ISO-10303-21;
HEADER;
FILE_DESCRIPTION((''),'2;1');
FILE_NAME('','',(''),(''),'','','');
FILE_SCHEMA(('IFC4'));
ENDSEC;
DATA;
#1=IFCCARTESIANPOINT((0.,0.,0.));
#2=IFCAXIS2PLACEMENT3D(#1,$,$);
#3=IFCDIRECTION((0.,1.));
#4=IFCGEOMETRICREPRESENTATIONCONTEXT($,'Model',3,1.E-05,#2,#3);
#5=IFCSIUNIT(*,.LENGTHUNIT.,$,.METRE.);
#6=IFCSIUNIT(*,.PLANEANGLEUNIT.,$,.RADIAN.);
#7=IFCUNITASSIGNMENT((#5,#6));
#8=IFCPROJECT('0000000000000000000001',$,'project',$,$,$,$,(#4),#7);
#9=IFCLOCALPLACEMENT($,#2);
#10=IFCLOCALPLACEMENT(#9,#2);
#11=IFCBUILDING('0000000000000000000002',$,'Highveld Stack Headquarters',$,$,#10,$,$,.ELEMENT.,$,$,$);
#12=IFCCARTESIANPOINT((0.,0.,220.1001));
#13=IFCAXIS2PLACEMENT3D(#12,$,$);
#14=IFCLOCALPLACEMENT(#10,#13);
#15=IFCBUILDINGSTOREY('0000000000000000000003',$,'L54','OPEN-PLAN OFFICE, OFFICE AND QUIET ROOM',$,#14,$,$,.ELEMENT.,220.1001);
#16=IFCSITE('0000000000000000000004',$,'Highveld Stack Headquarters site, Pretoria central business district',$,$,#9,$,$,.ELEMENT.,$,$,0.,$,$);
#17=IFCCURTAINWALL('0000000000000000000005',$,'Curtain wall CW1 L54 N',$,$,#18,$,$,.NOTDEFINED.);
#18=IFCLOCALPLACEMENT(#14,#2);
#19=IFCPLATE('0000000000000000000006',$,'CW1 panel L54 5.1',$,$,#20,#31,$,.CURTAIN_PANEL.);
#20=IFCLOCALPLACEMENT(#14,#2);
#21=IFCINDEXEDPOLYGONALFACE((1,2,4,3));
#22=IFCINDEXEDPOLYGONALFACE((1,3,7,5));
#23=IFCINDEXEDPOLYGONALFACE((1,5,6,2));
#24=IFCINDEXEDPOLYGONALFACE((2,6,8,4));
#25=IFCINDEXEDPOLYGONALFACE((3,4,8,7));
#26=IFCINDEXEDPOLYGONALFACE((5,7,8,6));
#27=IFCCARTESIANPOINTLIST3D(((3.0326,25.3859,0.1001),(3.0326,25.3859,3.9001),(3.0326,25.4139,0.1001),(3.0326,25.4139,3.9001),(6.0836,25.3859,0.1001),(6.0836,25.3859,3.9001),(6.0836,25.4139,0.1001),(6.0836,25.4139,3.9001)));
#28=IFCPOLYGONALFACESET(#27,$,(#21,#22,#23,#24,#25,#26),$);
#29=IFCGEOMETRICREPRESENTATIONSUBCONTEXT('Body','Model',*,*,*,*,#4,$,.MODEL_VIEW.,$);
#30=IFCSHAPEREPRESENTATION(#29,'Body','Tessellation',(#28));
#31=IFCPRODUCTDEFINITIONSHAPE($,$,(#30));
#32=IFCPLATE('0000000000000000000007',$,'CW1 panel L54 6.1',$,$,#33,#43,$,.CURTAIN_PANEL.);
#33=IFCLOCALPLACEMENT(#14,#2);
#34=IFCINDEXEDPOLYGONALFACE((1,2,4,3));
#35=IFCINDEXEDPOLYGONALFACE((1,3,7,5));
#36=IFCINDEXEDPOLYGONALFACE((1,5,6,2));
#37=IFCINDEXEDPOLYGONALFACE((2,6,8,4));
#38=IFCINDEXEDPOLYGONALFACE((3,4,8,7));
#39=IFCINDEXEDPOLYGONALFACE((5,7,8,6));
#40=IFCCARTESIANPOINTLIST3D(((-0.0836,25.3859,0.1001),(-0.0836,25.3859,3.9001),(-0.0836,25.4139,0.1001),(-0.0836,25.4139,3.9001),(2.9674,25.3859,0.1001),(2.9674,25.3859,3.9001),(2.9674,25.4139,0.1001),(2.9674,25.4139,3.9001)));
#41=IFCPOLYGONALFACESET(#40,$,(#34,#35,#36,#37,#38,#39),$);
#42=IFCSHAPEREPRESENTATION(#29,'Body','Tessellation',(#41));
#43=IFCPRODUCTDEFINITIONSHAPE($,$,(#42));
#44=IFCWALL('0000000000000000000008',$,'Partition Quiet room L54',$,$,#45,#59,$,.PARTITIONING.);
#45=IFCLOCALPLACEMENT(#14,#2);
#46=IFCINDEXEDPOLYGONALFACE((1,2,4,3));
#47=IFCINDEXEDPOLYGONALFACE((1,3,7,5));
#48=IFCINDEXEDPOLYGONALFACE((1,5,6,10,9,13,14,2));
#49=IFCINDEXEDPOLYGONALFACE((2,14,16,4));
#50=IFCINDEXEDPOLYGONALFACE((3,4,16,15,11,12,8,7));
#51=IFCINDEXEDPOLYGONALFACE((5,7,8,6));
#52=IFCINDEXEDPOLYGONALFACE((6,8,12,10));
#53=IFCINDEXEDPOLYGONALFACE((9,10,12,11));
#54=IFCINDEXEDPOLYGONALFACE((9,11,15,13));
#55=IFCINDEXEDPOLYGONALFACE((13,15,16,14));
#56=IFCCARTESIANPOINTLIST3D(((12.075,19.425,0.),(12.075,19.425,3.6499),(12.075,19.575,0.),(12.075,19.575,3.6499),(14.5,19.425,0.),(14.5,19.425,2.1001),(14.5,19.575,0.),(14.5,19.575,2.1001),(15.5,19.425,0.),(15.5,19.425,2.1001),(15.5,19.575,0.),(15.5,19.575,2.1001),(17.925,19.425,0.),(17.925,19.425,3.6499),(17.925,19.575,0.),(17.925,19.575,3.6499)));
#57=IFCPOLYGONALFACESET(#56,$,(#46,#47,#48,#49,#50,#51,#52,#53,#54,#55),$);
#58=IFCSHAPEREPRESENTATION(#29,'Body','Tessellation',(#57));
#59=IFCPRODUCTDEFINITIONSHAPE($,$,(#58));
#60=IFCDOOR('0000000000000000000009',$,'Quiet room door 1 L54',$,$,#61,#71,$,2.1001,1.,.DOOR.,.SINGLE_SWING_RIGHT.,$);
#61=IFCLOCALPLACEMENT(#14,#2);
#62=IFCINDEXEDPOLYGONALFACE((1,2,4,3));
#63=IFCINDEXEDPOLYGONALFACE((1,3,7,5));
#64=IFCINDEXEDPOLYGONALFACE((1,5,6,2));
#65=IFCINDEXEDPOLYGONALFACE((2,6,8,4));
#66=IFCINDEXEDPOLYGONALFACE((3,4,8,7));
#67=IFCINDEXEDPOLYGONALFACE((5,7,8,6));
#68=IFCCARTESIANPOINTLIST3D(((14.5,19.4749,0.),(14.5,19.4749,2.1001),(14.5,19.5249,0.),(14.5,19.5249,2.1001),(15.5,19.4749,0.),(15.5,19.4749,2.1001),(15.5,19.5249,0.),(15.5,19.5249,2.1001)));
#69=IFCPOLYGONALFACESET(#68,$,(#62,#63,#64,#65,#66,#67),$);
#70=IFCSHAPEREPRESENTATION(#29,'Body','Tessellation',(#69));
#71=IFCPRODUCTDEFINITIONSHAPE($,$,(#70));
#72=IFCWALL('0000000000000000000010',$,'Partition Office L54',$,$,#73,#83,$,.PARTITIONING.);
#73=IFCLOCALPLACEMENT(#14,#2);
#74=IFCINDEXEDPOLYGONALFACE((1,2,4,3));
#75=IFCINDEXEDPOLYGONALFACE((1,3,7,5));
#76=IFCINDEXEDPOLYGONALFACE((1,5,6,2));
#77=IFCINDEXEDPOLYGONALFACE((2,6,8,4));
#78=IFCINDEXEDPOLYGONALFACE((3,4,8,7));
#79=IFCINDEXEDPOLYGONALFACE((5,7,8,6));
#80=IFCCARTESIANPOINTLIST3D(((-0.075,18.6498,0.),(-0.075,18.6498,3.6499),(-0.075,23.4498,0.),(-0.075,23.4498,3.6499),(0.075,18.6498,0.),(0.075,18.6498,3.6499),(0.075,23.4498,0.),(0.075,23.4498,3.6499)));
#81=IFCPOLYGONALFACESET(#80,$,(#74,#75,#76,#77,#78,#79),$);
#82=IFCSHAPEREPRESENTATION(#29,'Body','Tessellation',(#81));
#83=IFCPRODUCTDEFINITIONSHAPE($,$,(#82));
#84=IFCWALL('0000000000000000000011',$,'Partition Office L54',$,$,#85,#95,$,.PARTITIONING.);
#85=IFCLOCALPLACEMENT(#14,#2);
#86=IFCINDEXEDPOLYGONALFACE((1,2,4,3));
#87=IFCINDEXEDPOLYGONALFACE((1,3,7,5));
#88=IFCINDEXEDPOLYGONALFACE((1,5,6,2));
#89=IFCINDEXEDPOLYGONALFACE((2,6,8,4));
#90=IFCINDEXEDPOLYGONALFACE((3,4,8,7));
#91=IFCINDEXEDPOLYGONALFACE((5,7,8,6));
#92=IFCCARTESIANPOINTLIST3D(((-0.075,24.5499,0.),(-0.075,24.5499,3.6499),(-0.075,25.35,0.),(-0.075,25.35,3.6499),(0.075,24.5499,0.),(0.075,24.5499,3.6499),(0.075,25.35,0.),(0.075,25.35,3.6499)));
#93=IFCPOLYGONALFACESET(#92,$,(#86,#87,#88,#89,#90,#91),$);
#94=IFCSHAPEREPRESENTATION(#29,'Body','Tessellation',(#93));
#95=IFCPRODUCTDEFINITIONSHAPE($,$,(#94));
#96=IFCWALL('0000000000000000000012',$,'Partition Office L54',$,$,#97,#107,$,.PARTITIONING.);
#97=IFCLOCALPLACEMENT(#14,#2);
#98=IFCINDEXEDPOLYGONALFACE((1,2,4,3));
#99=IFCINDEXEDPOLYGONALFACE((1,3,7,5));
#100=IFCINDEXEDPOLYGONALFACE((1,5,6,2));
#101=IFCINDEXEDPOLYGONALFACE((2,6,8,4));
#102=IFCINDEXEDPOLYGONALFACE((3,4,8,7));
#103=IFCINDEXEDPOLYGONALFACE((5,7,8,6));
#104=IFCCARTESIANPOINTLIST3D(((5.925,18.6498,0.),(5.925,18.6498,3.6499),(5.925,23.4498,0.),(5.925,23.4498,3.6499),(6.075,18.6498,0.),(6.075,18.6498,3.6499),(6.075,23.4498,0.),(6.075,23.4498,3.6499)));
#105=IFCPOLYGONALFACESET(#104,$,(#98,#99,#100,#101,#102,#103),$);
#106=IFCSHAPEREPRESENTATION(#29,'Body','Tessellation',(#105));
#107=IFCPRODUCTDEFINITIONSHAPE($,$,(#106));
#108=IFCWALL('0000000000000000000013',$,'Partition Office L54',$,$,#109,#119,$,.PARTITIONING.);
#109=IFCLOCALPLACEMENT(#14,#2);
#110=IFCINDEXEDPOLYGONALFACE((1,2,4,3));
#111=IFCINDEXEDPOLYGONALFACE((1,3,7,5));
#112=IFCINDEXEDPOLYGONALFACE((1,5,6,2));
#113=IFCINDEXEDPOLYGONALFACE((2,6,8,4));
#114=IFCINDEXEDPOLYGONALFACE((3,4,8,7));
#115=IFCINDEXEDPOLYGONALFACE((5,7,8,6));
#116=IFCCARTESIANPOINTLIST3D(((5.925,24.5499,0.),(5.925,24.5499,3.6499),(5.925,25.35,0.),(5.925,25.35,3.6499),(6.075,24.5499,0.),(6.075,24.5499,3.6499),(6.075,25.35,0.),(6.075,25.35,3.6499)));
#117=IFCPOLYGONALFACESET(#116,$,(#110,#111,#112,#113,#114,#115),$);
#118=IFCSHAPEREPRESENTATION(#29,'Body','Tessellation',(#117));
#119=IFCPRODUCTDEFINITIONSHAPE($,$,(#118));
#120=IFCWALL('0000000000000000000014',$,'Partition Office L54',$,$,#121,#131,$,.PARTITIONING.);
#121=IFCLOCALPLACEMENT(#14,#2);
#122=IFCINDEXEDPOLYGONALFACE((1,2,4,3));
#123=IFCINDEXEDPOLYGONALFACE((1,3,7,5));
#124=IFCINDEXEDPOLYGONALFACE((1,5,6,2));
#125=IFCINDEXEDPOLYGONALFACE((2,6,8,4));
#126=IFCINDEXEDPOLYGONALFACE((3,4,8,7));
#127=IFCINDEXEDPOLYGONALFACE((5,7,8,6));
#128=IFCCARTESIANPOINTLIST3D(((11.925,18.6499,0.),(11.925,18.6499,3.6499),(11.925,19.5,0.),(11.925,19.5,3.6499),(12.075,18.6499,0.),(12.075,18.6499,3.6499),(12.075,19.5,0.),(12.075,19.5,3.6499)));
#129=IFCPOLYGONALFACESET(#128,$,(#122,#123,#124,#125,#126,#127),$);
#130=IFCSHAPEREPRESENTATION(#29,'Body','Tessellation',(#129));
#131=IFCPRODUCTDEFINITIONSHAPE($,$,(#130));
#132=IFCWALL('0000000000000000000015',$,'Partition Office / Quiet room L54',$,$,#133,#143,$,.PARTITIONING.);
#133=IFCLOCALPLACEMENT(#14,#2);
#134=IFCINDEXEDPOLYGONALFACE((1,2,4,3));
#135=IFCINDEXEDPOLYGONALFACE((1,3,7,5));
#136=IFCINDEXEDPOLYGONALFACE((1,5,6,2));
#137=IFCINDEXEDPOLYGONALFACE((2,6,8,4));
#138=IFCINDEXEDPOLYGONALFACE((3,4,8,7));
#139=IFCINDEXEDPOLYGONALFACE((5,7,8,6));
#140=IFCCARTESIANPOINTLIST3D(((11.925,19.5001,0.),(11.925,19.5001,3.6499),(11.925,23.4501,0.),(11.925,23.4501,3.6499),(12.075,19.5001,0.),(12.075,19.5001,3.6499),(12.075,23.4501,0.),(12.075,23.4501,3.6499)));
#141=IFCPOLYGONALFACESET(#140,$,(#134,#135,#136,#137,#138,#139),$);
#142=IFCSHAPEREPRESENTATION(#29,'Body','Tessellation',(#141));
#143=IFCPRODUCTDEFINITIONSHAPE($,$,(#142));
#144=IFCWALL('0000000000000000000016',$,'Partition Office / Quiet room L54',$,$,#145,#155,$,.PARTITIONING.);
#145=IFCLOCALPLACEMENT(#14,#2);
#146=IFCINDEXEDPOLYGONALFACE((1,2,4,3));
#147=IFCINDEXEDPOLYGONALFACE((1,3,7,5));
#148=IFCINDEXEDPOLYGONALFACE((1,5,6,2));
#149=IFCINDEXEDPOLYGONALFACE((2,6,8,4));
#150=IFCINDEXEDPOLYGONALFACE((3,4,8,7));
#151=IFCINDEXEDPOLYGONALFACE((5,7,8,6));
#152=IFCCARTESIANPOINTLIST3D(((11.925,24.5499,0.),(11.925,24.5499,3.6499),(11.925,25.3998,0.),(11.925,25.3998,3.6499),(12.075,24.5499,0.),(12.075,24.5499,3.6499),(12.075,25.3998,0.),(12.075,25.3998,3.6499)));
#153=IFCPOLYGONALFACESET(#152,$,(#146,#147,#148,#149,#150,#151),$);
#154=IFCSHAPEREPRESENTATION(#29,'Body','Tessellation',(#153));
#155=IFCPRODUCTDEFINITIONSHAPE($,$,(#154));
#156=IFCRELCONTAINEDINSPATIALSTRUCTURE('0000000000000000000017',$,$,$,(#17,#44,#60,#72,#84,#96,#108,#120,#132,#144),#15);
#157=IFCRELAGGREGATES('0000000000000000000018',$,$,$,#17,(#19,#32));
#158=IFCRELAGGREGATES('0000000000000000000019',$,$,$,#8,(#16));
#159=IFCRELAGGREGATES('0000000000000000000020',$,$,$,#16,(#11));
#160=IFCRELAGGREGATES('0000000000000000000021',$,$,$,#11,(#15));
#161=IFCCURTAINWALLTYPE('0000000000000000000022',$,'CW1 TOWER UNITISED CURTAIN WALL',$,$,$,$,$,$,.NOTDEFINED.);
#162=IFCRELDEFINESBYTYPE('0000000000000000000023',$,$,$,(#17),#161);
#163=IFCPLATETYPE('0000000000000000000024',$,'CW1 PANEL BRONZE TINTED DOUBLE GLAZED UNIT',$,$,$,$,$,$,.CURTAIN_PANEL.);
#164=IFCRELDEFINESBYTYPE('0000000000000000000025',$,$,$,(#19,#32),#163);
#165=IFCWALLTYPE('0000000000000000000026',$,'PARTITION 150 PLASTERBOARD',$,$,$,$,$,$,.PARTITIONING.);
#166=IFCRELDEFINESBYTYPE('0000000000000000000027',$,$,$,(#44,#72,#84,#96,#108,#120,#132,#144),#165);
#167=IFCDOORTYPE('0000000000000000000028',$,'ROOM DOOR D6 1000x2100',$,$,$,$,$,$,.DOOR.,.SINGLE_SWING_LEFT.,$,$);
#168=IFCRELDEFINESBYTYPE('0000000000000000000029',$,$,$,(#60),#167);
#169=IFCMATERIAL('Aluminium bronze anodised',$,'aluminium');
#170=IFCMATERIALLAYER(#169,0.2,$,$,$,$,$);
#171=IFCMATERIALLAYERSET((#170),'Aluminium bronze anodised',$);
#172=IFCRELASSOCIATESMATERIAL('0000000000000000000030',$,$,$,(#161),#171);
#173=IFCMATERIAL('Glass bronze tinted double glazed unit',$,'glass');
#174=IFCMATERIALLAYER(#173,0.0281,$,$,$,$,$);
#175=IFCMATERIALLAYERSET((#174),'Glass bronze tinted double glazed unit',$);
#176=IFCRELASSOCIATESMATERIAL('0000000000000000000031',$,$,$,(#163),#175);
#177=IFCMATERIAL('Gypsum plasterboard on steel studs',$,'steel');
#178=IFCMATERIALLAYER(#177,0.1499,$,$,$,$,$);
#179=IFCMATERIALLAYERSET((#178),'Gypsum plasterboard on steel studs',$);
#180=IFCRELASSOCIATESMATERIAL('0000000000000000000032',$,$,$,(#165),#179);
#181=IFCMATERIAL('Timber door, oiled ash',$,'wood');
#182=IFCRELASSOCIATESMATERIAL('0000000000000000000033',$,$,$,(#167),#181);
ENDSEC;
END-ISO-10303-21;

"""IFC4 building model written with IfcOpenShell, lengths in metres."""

from ifc_helpers import new_model, si_unit, direction, frame, frame_2d, origin, origin_2d, place, context, subcontext, project, spatial, rectangle, extrude, material, layer, layer_set, type_object, element, fill, aggregate, save


model = new_model("IFC4")

# Units and contexts
model_context = context("Model", 3, precision=1e-05, world=origin(), true_north=direction((0.0, 1.0)))
body_context = subcontext(model_context, "Body", "Model", "MODEL_VIEW")
ifc_project = project(units=[si_unit("LENGTHUNIT", "METRE"), si_unit("PLANEANGLEUNIT", "RADIAN")], contexts=[model_context])

# Site, building, storey
site_placement = place(None, origin())
site = spatial("IfcSite", under=ifc_project, at=site_placement, Name="Highveld Stack Headquarters site, Pretoria central business district", CompositionType="ELEMENT", RefElevation=0.0)
building_placement = place(site_placement, origin())
building = spatial("IfcBuilding", under=site, at=building_placement, Name="Highveld Stack Headquarters", CompositionType="ELEMENT")
storey_placement = place(building_placement, frame((0.0, 0.0, 220.1001)))
storey = spatial("IfcBuildingStorey", under=building, at=storey_placement, Name="L54", Description="OPEN-PLAN OFFICE, OFFICE AND QUIET ROOM", CompositionType="ELEMENT", Elevation=220.1001)

# Curtain wall, plates
ifc_material_1 = material(Name="Aluminium bronze anodised", Category="aluminium")
ifc_layer_1 = layer(ifc_material_1, 0.2)
ifc_layer_set_1 = layer_set([ifc_layer_1], Name="Aluminium bronze anodised")
curtain_wall_type = type_object("IfcCurtainWallType", Name="CW1 TOWER UNITISED CURTAIN WALL", PredefinedType="NOTDEFINED", material=ifc_layer_set_1)
curtain_wall_placement = place(storey_placement, origin())
curtain_wall = element("IfcCurtainWall", 1, at=curtain_wall_placement, inside=storey, type_object=curtain_wall_type, Name="Curtain wall CW1 L54 N", PredefinedType="NOTDEFINED")
ifc_material_2 = material(Name="Glass bronze tinted double glazed unit", Category="glass")
ifc_layer_2 = layer(ifc_material_2, 0.0281)
ifc_layer_set_2 = layer_set([ifc_layer_2], Name="Glass bronze tinted double glazed unit")
plate_type = type_object("IfcPlateType", Name="CW1 PANEL BRONZE TINTED DOUBLE GLAZED UNIT", PredefinedType="CURTAIN_PANEL", material=ifc_layer_set_2)
plate_1_placement = place(storey_placement, frame((4.5581, 25.3999, 0.1001), z_axis=(0.0, 0.0, 1.0), x_axis=(-1.0, 0.0, 0.0)))
plate_1 = element("IfcPlate", 2, at=plate_1_placement, type_object=plate_type, Name="CW1 panel L54 5.1", PredefinedType="CURTAIN_PANEL", context=body_context, shape_type="SweptSolid", body=[
    extrude(rectangle(XDim=3.051, YDim=0.0281, at=origin_2d()), origin(), (0.0, 0.0, 1.0), 3.8),
])
plate_2_placement = place(storey_placement, frame((1.4419, 25.3999, 0.1001), z_axis=(0.0, 0.0, 1.0), x_axis=(-1.0, 0.0, 0.0)))
plate_2 = element("IfcPlate", 3, at=plate_2_placement, type_object=plate_type, Name="CW1 panel L54 6.1", PredefinedType="CURTAIN_PANEL", context=body_context, shape_type="SweptSolid", body=[
    extrude(rectangle(XDim=3.051, YDim=0.0281, at=origin_2d()), origin(), (0.0, 0.0, 1.0), 3.8),
])
aggregate(curtain_wall, [plate_1, plate_2])

# Wall, opening, door
ifc_material_3 = material(Name="Gypsum plasterboard on steel studs", Category="steel")
ifc_layer_3 = layer(ifc_material_3, 0.1499)
ifc_layer_set_3 = layer_set([ifc_layer_3], Name="Gypsum plasterboard on steel studs")
wall_type = type_object("IfcWallType", Name="PARTITION 150 PLASTERBOARD", PredefinedType="PARTITIONING", material=ifc_layer_set_3)
wall_1_placement = place(storey_placement, frame((12.075, 19.5, 0.0), z_axis=(0.0, 0.0, 1.0), x_axis=(1.0, 0.0, 0.0)))
wall_1 = element("IfcWall", 4, at=wall_1_placement, inside=storey, type_object=wall_type, Name="Partition Quiet room L54", PredefinedType="PARTITIONING", context=body_context, shape_type="SweptSolid", body=[
    extrude(rectangle(XDim=5.8501, YDim=0.1499, at=frame_2d((2.925, 0.0))), origin(), (0.0, 0.0, 1.0), 3.6499),
])
opening_placement = place(wall_1_placement, frame((2.425, 0.0, 0.0)))
opening = element("IfcOpeningElement", 5, at=opening_placement, cuts=wall_1, PredefinedType="OPENING", context=body_context, shape_type="SweptSolid", body=[
    extrude(rectangle(XDim=1.0, YDim=2.1001, at=frame_2d((0.5, 1.05))), frame((0.0, 0.085, 0.0), z_axis=(0.0, -1.0, 0.0), x_axis=(1.0, 0.0, 0.0)), (0.0, 0.0, 1.0), 0.1699),
])
ifc_material_4 = material(Name="Timber door, oiled ash", Category="wood")
door_type = type_object("IfcDoorType", Name="ROOM DOOR D6 1000x2100", OperationType="SINGLE_SWING_LEFT", PredefinedType="DOOR", material=ifc_material_4)
door_placement = place(opening_placement, origin())
door = element("IfcDoor", 6, at=door_placement, inside=storey, type_object=door_type, Name="Quiet room door 1 L54", OperationType="SINGLE_SWING_RIGHT", OverallHeight=2.1001, OverallWidth=1.0, PredefinedType="DOOR", context=body_context, shape_type="SweptSolid", body=[
    extrude(rectangle(XDim=1.0, YDim=2.1001, at=frame_2d((0.5, 1.05))), frame((0.0, 0.0249, 0.0), z_axis=(0.0, -1.0, 0.0), x_axis=(1.0, 0.0, 0.0)), (0.0, 0.0, 1.0), 0.05),
])
fill(opening, door)

# Walls
wall_2_placement = place(storey_placement, frame((0.0, 18.6499, 0.0), z_axis=(0.0, 0.0, 1.0), x_axis=(0.0, 1.0, 0.0)))
element("IfcWall", 7, at=wall_2_placement, inside=storey, type_object=wall_type, Name="Partition Office L54", PredefinedType="PARTITIONING", context=body_context, shape_type="SweptSolid", body=[
    extrude(rectangle(XDim=4.8, YDim=0.1499, at=frame_2d((2.3999, 0.0))), origin(), (0.0, 0.0, 1.0), 3.6499),
])
wall_3_placement = place(storey_placement, frame((0.0, 24.55, 0.0), z_axis=(0.0, 0.0, 1.0), x_axis=(0.0, 1.0, 0.0)))
element("IfcWall", 8, at=wall_3_placement, inside=storey, type_object=wall_type, Name="Partition Office L54", PredefinedType="PARTITIONING", context=body_context, shape_type="SweptSolid", body=[
    extrude(rectangle(XDim=0.8, YDim=0.1499, at=frame_2d((0.3999, 0.0))), origin(), (0.0, 0.0, 1.0), 3.6499),
])
wall_4_placement = place(storey_placement, frame((6.0, 18.6499, 0.0), z_axis=(0.0, 0.0, 1.0), x_axis=(0.0, 1.0, 0.0)))
element("IfcWall", 9, at=wall_4_placement, inside=storey, type_object=wall_type, Name="Partition Office L54", PredefinedType="PARTITIONING", context=body_context, shape_type="SweptSolid", body=[
    extrude(rectangle(XDim=4.8, YDim=0.1499, at=frame_2d((2.3999, 0.0))), origin(), (0.0, 0.0, 1.0), 3.6499),
])
wall_5_placement = place(storey_placement, frame((6.0, 24.55, 0.0), z_axis=(0.0, 0.0, 1.0), x_axis=(0.0, 1.0, 0.0)))
element("IfcWall", 10, at=wall_5_placement, inside=storey, type_object=wall_type, Name="Partition Office L54", PredefinedType="PARTITIONING", context=body_context, shape_type="SweptSolid", body=[
    extrude(rectangle(XDim=0.8, YDim=0.1499, at=frame_2d((0.3999, 0.0))), origin(), (0.0, 0.0, 1.0), 3.6499),
])
wall_6_placement = place(storey_placement, frame((12.0, 18.6499, 0.0), z_axis=(0.0, 0.0, 1.0), x_axis=(0.0, 1.0, 0.0)))
element("IfcWall", 11, at=wall_6_placement, inside=storey, type_object=wall_type, Name="Partition Office L54", PredefinedType="PARTITIONING", context=body_context, shape_type="SweptSolid", body=[
    extrude(rectangle(XDim=0.8501, YDim=0.1499, at=frame_2d((0.425, 0.0))), origin(), (0.0, 0.0, 1.0), 3.6499),
])
wall_7_placement = place(storey_placement, frame((12.0, 19.5, 0.0), z_axis=(0.0, 0.0, 1.0), x_axis=(0.0, 1.0, 0.0)))
element("IfcWall", 12, at=wall_7_placement, inside=storey, type_object=wall_type, Name="Partition Office / Quiet room L54", PredefinedType="PARTITIONING", context=body_context, shape_type="SweptSolid", body=[
    extrude(rectangle(XDim=3.95, YDim=0.1499, at=frame_2d((1.9751, 0.0))), origin(), (0.0, 0.0, 1.0), 3.6499),
])
wall_8_placement = place(storey_placement, frame((12.0, 24.55, 0.0), z_axis=(0.0, 0.0, 1.0), x_axis=(0.0, 1.0, 0.0)))
element("IfcWall", 13, at=wall_8_placement, inside=storey, type_object=wall_type, Name="Partition Office / Quiet room L54", PredefinedType="PARTITIONING", context=body_context, shape_type="SweptSolid", body=[
    extrude(rectangle(XDim=0.8499, YDim=0.1499, at=frame_2d((0.4248, 0.0))), origin(), (0.0, 0.0, 1.0), 3.6499),
])

save(model, "model.ifc")
